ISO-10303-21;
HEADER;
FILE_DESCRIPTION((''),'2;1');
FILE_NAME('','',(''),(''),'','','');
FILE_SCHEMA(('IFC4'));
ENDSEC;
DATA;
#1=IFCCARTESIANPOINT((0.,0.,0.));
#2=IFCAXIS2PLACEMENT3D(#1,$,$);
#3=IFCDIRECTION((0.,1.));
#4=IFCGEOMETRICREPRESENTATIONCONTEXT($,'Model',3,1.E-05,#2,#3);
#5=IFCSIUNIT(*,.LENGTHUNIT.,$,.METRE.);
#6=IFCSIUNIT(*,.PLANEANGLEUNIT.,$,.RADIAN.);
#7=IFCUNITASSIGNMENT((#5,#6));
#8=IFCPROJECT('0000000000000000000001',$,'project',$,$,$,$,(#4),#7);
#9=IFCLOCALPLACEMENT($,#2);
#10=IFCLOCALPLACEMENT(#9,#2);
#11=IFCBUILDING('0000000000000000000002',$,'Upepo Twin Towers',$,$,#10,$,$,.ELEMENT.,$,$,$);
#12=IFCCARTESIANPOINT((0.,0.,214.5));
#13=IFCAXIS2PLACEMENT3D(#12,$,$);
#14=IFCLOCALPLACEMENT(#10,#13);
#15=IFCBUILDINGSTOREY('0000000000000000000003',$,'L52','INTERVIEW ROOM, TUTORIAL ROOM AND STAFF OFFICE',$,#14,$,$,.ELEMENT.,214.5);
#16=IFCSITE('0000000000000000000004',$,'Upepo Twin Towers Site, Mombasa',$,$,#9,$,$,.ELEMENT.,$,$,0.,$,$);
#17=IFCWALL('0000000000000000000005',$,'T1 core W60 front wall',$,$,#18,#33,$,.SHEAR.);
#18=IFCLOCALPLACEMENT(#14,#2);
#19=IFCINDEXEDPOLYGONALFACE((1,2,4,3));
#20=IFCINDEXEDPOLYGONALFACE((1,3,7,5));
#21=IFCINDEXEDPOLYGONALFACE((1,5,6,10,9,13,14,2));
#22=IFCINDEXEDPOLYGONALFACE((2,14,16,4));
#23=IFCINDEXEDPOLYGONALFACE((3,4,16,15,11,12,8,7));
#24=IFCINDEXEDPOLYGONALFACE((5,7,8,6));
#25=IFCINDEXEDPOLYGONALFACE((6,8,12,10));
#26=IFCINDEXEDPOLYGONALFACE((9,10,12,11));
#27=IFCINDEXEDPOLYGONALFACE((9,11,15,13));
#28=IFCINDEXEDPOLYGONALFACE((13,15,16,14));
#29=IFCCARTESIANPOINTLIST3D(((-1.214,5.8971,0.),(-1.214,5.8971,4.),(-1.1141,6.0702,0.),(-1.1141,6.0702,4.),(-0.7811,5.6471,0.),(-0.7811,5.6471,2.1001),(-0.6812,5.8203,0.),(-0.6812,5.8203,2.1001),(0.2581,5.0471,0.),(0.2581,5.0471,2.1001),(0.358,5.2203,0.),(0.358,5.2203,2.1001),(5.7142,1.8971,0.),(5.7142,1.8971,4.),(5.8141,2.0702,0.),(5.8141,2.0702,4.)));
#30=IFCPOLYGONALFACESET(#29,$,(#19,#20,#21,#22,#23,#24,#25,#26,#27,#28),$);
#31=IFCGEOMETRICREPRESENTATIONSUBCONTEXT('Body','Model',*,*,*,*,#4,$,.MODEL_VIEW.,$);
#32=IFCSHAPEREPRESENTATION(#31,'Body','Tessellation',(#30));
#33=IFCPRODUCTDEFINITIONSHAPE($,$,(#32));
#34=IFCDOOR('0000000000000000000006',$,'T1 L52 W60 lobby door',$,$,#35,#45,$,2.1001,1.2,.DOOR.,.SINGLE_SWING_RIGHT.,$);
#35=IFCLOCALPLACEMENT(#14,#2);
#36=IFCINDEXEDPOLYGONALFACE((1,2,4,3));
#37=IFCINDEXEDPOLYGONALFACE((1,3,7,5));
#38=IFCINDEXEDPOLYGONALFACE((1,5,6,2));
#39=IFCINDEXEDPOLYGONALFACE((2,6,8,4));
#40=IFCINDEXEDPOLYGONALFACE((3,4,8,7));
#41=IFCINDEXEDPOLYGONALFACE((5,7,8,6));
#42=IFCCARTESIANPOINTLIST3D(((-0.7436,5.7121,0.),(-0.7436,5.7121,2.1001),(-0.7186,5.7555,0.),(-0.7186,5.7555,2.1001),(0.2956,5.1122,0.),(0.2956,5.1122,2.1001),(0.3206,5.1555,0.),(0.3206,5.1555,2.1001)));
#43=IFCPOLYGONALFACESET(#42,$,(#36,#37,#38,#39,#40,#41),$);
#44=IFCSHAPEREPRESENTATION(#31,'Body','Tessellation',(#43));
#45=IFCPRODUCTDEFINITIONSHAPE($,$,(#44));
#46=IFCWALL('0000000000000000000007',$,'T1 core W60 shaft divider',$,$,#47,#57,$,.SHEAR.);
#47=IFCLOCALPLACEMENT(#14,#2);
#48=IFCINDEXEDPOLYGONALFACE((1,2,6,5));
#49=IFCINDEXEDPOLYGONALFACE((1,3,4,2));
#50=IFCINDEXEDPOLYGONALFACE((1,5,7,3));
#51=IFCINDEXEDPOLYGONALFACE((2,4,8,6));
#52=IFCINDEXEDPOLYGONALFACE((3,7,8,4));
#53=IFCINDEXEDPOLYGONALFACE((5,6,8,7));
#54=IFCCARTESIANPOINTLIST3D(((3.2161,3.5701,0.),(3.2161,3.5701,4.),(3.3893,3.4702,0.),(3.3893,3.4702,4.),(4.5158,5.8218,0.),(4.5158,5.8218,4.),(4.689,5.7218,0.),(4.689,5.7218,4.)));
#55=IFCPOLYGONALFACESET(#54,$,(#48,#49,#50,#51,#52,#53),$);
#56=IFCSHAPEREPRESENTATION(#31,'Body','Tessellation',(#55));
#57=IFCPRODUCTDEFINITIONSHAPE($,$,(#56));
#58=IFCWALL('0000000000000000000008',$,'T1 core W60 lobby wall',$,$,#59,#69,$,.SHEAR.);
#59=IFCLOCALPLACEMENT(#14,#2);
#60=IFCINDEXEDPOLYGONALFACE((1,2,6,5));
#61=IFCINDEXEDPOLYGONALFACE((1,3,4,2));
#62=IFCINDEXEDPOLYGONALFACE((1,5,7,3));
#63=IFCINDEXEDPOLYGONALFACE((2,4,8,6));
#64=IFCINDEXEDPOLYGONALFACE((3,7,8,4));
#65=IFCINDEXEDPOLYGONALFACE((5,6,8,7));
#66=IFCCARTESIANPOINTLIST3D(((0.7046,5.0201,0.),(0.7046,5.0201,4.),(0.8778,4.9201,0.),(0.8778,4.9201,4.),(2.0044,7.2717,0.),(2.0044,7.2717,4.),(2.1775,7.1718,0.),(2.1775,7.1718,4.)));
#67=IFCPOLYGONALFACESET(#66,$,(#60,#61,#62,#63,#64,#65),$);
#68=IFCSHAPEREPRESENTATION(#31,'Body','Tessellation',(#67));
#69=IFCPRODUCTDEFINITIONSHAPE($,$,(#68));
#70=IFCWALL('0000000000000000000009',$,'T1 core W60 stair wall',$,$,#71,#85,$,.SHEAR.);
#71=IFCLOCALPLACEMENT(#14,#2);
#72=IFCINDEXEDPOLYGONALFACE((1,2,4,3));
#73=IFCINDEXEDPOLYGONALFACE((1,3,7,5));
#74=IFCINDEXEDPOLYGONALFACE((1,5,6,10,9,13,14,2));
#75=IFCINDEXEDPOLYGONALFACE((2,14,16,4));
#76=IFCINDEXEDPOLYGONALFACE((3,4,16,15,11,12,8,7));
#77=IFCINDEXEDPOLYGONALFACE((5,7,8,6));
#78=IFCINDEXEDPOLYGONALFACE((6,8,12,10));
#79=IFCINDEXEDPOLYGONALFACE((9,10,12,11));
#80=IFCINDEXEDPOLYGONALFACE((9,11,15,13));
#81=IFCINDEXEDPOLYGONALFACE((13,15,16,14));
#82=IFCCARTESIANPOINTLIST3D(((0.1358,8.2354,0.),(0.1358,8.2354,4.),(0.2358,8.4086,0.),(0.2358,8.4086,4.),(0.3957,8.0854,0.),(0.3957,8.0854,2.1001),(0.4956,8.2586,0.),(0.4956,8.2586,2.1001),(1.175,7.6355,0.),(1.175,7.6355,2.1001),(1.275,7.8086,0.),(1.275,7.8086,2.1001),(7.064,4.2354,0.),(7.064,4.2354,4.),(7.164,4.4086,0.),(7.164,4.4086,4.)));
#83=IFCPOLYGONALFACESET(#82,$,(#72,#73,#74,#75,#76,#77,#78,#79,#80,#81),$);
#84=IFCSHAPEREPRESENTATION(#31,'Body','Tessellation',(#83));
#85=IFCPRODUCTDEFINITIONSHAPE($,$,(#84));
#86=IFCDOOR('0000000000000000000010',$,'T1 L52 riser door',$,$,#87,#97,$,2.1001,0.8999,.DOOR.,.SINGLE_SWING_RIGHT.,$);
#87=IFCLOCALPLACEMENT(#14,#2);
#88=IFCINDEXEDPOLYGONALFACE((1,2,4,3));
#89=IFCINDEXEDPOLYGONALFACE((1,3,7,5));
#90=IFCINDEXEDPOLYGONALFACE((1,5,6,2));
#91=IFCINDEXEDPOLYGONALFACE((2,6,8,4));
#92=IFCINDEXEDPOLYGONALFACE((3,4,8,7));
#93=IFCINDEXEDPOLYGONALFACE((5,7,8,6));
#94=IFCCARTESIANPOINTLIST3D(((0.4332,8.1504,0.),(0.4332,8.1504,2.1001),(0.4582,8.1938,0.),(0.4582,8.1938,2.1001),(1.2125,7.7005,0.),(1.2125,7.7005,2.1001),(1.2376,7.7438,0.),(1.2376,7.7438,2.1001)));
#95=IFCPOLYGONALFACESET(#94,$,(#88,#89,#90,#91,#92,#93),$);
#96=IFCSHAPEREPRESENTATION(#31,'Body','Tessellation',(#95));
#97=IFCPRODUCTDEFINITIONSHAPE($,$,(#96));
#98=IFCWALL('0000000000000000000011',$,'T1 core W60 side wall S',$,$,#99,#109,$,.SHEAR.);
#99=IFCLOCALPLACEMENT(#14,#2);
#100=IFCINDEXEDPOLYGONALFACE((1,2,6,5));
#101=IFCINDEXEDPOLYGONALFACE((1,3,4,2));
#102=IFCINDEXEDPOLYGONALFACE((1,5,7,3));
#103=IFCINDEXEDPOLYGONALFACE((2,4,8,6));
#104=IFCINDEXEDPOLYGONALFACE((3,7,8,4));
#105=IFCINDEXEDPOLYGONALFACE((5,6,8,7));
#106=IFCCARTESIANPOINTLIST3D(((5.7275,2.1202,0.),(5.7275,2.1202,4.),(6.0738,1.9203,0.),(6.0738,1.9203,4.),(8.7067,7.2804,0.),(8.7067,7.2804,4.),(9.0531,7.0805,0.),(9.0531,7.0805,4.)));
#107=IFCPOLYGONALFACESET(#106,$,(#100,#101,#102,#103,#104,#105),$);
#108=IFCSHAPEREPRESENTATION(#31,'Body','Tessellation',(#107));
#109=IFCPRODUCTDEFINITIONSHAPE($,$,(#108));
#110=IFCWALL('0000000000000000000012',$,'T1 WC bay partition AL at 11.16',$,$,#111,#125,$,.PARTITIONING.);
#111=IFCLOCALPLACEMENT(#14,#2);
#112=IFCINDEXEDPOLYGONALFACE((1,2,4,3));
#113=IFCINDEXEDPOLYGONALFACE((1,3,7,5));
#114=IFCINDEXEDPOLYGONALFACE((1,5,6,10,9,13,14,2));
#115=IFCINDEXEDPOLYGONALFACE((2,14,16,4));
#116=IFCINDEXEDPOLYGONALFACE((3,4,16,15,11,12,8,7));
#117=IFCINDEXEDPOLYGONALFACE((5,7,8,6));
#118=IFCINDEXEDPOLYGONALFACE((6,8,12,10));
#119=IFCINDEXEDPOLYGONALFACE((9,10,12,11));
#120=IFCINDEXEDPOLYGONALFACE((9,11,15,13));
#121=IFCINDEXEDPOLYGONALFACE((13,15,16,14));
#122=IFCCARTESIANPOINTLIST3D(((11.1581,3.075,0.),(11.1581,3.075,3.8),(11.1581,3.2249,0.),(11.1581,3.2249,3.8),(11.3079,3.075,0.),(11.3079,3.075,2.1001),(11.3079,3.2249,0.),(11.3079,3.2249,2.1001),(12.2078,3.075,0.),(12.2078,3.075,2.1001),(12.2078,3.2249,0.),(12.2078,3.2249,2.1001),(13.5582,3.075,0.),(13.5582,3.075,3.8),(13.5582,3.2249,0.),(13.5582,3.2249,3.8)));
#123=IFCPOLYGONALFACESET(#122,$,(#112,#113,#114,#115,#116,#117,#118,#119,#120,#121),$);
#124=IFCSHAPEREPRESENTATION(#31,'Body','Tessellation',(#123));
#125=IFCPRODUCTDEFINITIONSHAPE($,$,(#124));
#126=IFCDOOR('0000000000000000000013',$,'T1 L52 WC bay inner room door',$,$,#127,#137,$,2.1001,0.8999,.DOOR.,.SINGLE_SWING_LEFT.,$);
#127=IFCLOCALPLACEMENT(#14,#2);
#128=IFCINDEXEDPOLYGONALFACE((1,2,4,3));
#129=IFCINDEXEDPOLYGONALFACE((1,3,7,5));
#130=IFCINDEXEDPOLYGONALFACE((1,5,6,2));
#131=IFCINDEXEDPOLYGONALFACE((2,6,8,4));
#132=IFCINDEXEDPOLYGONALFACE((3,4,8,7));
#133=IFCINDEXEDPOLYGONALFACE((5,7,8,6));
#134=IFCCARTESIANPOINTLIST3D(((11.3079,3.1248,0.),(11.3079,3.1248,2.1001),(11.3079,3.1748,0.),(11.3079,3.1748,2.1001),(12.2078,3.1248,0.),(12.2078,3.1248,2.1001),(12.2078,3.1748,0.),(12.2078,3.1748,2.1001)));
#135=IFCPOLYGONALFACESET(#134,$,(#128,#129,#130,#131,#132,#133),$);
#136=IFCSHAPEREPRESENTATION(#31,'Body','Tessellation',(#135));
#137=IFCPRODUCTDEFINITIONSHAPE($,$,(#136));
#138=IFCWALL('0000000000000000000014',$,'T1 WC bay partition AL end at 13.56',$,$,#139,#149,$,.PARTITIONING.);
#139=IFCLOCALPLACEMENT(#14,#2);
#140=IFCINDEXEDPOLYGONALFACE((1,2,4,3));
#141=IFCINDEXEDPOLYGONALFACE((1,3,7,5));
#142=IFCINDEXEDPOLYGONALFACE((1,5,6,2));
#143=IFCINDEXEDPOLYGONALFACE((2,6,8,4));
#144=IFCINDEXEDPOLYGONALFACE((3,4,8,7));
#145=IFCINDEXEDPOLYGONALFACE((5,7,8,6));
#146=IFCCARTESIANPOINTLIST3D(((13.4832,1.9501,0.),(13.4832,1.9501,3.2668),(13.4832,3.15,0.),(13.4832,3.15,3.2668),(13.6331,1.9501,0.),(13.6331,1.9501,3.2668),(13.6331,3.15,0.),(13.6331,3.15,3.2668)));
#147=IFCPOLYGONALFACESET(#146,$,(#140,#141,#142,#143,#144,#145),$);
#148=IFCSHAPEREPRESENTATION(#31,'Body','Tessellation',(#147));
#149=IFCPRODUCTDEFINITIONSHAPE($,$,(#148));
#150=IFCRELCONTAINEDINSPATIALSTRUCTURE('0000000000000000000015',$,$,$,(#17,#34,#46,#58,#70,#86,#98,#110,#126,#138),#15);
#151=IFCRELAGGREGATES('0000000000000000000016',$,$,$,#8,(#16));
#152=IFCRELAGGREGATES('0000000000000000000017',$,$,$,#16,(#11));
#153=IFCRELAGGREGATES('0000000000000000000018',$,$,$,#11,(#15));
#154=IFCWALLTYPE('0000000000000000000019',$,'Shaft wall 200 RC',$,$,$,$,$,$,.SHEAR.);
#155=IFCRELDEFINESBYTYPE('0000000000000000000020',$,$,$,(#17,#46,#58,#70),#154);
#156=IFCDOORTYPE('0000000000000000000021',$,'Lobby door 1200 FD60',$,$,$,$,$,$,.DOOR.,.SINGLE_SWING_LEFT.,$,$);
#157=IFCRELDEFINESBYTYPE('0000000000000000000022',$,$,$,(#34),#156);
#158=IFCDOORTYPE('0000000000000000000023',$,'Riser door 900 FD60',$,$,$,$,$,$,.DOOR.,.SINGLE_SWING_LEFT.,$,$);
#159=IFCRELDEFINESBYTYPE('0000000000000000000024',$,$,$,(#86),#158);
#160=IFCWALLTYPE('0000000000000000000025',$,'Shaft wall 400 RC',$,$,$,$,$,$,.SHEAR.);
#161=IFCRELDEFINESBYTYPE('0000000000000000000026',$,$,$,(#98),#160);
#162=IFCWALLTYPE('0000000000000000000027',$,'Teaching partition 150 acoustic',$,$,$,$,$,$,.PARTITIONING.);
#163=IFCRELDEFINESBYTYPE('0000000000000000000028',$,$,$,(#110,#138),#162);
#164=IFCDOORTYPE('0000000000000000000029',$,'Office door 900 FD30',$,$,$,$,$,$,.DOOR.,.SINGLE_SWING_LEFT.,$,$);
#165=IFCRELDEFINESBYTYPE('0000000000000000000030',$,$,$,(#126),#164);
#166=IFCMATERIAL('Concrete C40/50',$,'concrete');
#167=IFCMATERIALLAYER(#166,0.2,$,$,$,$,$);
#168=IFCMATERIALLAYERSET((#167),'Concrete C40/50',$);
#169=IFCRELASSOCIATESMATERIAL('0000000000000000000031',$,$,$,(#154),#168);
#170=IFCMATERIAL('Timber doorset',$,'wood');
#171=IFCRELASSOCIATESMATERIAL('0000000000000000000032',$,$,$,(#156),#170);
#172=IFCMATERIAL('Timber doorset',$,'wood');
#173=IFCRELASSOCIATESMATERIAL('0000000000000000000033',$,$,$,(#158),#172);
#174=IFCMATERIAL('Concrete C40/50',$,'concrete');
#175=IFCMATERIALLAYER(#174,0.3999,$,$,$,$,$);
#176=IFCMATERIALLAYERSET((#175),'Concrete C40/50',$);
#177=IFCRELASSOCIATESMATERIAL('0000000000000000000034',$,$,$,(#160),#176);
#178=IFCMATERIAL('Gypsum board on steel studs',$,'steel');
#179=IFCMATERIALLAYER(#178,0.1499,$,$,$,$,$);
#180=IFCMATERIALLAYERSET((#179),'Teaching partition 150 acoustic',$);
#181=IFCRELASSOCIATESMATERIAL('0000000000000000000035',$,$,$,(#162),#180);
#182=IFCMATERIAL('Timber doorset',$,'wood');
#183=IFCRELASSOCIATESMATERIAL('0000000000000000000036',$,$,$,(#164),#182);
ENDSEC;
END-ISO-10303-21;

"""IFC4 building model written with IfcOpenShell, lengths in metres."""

from ifc_helpers import new_model, si_unit, direction, frame, frame_2d, origin, place, context, subcontext, project, spatial, rectangle, extrude, material, layer, layer_set, type_object, element, fill, save


model = new_model("IFC4")

# Units and contexts
model_context = context("Model", 3, precision=1e-05, world=origin(), true_north=direction((0.0, 1.0)))
body_context = subcontext(model_context, "Body", "Model", "MODEL_VIEW")
ifc_project = project(units=[si_unit("LENGTHUNIT", "METRE"), si_unit("PLANEANGLEUNIT", "RADIAN")], contexts=[model_context])

# Site, building, storey
site_placement = place(None, origin())
site = spatial("IfcSite", under=ifc_project, at=site_placement, Name="Upepo Twin Towers Site, Mombasa", CompositionType="ELEMENT", RefElevation=0.0)
building_placement = place(site_placement, origin())
building = spatial("IfcBuilding", under=site, at=building_placement, Name="Upepo Twin Towers", CompositionType="ELEMENT")
storey_placement = place(building_placement, frame((0.0, 0.0, 214.5)))
storey = spatial("IfcBuildingStorey", under=building, at=storey_placement, Name="L52", Description="INTERVIEW ROOM, TUTORIAL ROOM AND STAFF OFFICE", CompositionType="ELEMENT", Elevation=214.5)

# Wall, opening, door
ifc_material_1 = material(Name="Concrete C40/50", Category="concrete")
ifc_layer_1 = layer(ifc_material_1, 0.2)
ifc_layer_set_1 = layer_set([ifc_layer_1], Name="Concrete C40/50")
wall_type_1 = type_object("IfcWallType", Name="Shaft wall 200 RC", PredefinedType="SHEAR", material=ifc_layer_set_1)
wall_1_placement = place(storey_placement, frame((5.7642, 1.9836, 0.0), z_axis=(0.0, 0.0, 1.0), x_axis=(-0.866026, 0.499999, 0.0)))
wall_1 = element("IfcWall", 1, at=wall_1_placement, inside=storey, type_object=wall_type_1, Name="T1 core W60 front wall", PredefinedType="SHEAR", context=body_context, shape_type="SweptSolid", body=[
    extrude(rectangle(XDim=8.0, YDim=0.2, at=frame_2d((4.0, 0.0))), origin(), (0.0, 0.0, 1.0), 4.0),
])
opening_1_placement = place(wall_1_placement, frame((6.3, 0.0, 0.0)))
opening_1 = element("IfcOpeningElement", 2, at=opening_1_placement, cuts=wall_1, PredefinedType="OPENING", context=body_context, shape_type="SweptSolid", body=[
    extrude(rectangle(XDim=1.2, YDim=2.1001, at=frame_2d((0.6001, 1.05))), frame((0.0, 0.1099, 0.0), z_axis=(0.0, -1.0, 0.0), x_axis=(1.0, 0.0, 0.0)), (0.0, 0.0, 1.0), 0.22),
])
ifc_material_2 = material(Name="Timber doorset", Category="wood")
door_type_1 = type_object("IfcDoorType", Name="Lobby door 1200 FD60", OperationType="SINGLE_SWING_LEFT", PredefinedType="DOOR", material=ifc_material_2)
door_1_placement = place(opening_1_placement, origin())
door_1 = element("IfcDoor", 3, at=door_1_placement, inside=storey, type_object=door_type_1, Name="T1 L52 W60 lobby door", OperationType="SINGLE_SWING_RIGHT", OverallHeight=2.1001, OverallWidth=1.2, PredefinedType="DOOR", context=body_context, shape_type="SweptSolid", body=[
    extrude(rectangle(XDim=1.2, YDim=2.1001, at=frame_2d((0.6001, 1.05))), frame((0.0, 0.0249, 0.0), z_axis=(0.0, -1.0, 0.0), x_axis=(1.0, 0.0, 0.0)), (0.0, 0.0, 1.0), 0.05),
])
fill(opening_1, door_1)

# Walls
for number, where, z_axis, x_axis, name in (
    (4, (3.3027, 3.5203, 0.0), (0.0, 0.0, 1.0), (0.499937, 0.866062, 0.0), "T1 core W60 shaft divider"),
    (5, (0.7913, 4.9702, 0.0), (0.0, 0.0, 1.0), (0.499937, 0.866062, 0.0), "T1 core W60 lobby wall"),
):
    element("IfcWall", number, at=place(storey_placement, frame(where, z_axis=z_axis, x_axis=x_axis)), inside=storey, type_object=wall_type_1, Name=name, PredefinedType="SHEAR", context=body_context, shape_type="SweptSolid", body=[
        extrude(rectangle(XDim=2.5999, YDim=0.2, at=frame_2d((1.2998, 0.0))), origin(), (0.0, 0.0, 1.0), 4.0),
    ])

# Wall, opening, door
wall_2_placement = place(storey_placement, frame((7.114, 4.322, 0.0), z_axis=(0.0, 0.0, 1.0), x_axis=(-0.866026, 0.499999, 0.0)))
wall_2 = element("IfcWall", 6, at=wall_2_placement, inside=storey, type_object=wall_type_1, Name="T1 core W60 stair wall", PredefinedType="SHEAR", context=body_context, shape_type="SweptSolid", body=[
    extrude(rectangle(XDim=8.0, YDim=0.2, at=frame_2d((4.0, 0.0))), origin(), (0.0, 0.0, 1.0), 4.0),
])
opening_2_placement = place(wall_2_placement, frame((6.8, 0.0, 0.0)))
opening_2 = element("IfcOpeningElement", 7, at=opening_2_placement, cuts=wall_2, PredefinedType="OPENING", context=body_context, shape_type="SweptSolid", body=[
    extrude(rectangle(XDim=0.8999, YDim=2.1001, at=frame_2d((0.45, 1.05))), frame((0.0, 0.1099, 0.0), z_axis=(0.0, -1.0, 0.0), x_axis=(1.0, 0.0, 0.0)), (0.0, 0.0, 1.0), 0.22),
])
ifc_material_3 = material(Name="Timber doorset", Category="wood")
door_type_2 = type_object("IfcDoorType", Name="Riser door 900 FD60", OperationType="SINGLE_SWING_LEFT", PredefinedType="DOOR", material=ifc_material_3)
door_2_placement = place(opening_2_placement, origin())
door_2 = element("IfcDoor", 8, at=door_2_placement, inside=storey, type_object=door_type_2, Name="T1 L52 riser door", OperationType="SINGLE_SWING_RIGHT", OverallHeight=2.1001, OverallWidth=0.8999, PredefinedType="DOOR", context=body_context, shape_type="SweptSolid", body=[
    extrude(rectangle(XDim=0.8999, YDim=2.1001, at=frame_2d((0.45, 1.05))), frame((0.0, 0.0249, 0.0), z_axis=(0.0, -1.0, 0.0), x_axis=(1.0, 0.0, 0.0)), (0.0, 0.0, 1.0), 0.05),
])
fill(opening_2, door_2)

# Wall
ifc_material_4 = material(Name="Concrete C40/50", Category="concrete")
ifc_layer_2 = layer(ifc_material_4, 0.3999)
ifc_layer_set_2 = layer_set([ifc_layer_2], Name="Concrete C40/50")
wall_type_2 = type_object("IfcWallType", Name="Shaft wall 400 RC", PredefinedType="SHEAR", material=ifc_layer_set_2)
wall_3_placement = place(storey_placement, frame((5.9006, 2.0203, 0.0), z_axis=(0.0, 0.0, 1.0), x_axis=(0.500004, 0.866023, 0.0)))
element("IfcWall", 9, at=wall_3_placement, inside=storey, type_object=wall_type_2, Name="T1 core W60 side wall S", PredefinedType="SHEAR", context=body_context, shape_type="SweptSolid", body=[
    extrude(rectangle(XDim=5.9585, YDim=0.3999, at=frame_2d((2.9792, 0.0))), origin(), (0.0, 0.0, 1.0), 4.0),
])

# Wall, opening, door
ifc_material_5 = material(Name="Gypsum board on steel studs", Category="steel")
ifc_layer_3 = layer(ifc_material_5, 0.1499)
ifc_layer_set_3 = layer_set([ifc_layer_3], Name="Teaching partition 150 acoustic")
wall_type_3 = type_object("IfcWallType", Name="Teaching partition 150 acoustic", PredefinedType="PARTITIONING", material=ifc_layer_set_3)
wall_4_placement = place(storey_placement, frame((11.158, 3.1499, 0.0), z_axis=(0.0, 0.0, 1.0), x_axis=(1.0, 0.0, 0.0)))
wall_4 = element("IfcWall", 10, at=wall_4_placement, inside=storey, type_object=wall_type_3, Name="T1 WC bay partition AL at 11.16", PredefinedType="PARTITIONING", context=body_context, shape_type="SweptSolid", body=[
    extrude(rectangle(XDim=2.4001, YDim=0.1499, at=frame_2d((1.2002, 0.0))), origin(), (0.0, 0.0, 1.0), 3.8),
])
opening_3_placement = place(wall_4_placement, frame((0.1499, 0.0, 0.0)))
opening_3 = element("IfcOpeningElement", 11, at=opening_3_placement, cuts=wall_4, PredefinedType="OPENING", context=body_context, shape_type="SweptSolid", body=[
    extrude(rectangle(XDim=0.8999, YDim=2.1001, at=frame_2d((0.45, 1.05))), frame((0.0, 0.085, 0.0), z_axis=(0.0, -1.0, 0.0), x_axis=(1.0, 0.0, 0.0)), (0.0, 0.0, 1.0), 0.1699),
])
ifc_material_6 = material(Name="Timber doorset", Category="wood")
door_type_3 = type_object("IfcDoorType", Name="Office door 900 FD30", OperationType="SINGLE_SWING_LEFT", PredefinedType="DOOR", material=ifc_material_6)
door_3_placement = place(opening_3_placement, origin())
door_3 = element("IfcDoor", 12, at=door_3_placement, inside=storey, type_object=door_type_3, Name="T1 L52 WC bay inner room door", OperationType="SINGLE_SWING_LEFT", OverallHeight=2.1001, OverallWidth=0.8999, PredefinedType="DOOR", context=body_context, shape_type="SweptSolid", body=[
    extrude(rectangle(XDim=0.8999, YDim=2.1001, at=frame_2d((0.45, 1.05))), frame((0.0, 0.0249, 0.0), z_axis=(0.0, -1.0, 0.0), x_axis=(1.0, 0.0, 0.0)), (0.0, 0.0, 1.0), 0.05),
])
fill(opening_3, door_3)

# Wall
wall_5_placement = place(storey_placement, frame((13.5581, 1.95, 0.0), z_axis=(0.0, 0.0, 1.0), x_axis=(0.0, 1.0, 0.0)))
element("IfcWall", 13, at=wall_5_placement, inside=storey, type_object=wall_type_3, Name="T1 WC bay partition AL end at 13.56", PredefinedType="PARTITIONING", context=body_context, shape_type="SweptSolid", body=[
    extrude(rectangle(XDim=1.2, YDim=0.1499, at=frame_2d((0.6001, 0.0))), origin(), (0.0, 0.0, 1.0), 3.2668),
])

save(model, "model.ifc")
